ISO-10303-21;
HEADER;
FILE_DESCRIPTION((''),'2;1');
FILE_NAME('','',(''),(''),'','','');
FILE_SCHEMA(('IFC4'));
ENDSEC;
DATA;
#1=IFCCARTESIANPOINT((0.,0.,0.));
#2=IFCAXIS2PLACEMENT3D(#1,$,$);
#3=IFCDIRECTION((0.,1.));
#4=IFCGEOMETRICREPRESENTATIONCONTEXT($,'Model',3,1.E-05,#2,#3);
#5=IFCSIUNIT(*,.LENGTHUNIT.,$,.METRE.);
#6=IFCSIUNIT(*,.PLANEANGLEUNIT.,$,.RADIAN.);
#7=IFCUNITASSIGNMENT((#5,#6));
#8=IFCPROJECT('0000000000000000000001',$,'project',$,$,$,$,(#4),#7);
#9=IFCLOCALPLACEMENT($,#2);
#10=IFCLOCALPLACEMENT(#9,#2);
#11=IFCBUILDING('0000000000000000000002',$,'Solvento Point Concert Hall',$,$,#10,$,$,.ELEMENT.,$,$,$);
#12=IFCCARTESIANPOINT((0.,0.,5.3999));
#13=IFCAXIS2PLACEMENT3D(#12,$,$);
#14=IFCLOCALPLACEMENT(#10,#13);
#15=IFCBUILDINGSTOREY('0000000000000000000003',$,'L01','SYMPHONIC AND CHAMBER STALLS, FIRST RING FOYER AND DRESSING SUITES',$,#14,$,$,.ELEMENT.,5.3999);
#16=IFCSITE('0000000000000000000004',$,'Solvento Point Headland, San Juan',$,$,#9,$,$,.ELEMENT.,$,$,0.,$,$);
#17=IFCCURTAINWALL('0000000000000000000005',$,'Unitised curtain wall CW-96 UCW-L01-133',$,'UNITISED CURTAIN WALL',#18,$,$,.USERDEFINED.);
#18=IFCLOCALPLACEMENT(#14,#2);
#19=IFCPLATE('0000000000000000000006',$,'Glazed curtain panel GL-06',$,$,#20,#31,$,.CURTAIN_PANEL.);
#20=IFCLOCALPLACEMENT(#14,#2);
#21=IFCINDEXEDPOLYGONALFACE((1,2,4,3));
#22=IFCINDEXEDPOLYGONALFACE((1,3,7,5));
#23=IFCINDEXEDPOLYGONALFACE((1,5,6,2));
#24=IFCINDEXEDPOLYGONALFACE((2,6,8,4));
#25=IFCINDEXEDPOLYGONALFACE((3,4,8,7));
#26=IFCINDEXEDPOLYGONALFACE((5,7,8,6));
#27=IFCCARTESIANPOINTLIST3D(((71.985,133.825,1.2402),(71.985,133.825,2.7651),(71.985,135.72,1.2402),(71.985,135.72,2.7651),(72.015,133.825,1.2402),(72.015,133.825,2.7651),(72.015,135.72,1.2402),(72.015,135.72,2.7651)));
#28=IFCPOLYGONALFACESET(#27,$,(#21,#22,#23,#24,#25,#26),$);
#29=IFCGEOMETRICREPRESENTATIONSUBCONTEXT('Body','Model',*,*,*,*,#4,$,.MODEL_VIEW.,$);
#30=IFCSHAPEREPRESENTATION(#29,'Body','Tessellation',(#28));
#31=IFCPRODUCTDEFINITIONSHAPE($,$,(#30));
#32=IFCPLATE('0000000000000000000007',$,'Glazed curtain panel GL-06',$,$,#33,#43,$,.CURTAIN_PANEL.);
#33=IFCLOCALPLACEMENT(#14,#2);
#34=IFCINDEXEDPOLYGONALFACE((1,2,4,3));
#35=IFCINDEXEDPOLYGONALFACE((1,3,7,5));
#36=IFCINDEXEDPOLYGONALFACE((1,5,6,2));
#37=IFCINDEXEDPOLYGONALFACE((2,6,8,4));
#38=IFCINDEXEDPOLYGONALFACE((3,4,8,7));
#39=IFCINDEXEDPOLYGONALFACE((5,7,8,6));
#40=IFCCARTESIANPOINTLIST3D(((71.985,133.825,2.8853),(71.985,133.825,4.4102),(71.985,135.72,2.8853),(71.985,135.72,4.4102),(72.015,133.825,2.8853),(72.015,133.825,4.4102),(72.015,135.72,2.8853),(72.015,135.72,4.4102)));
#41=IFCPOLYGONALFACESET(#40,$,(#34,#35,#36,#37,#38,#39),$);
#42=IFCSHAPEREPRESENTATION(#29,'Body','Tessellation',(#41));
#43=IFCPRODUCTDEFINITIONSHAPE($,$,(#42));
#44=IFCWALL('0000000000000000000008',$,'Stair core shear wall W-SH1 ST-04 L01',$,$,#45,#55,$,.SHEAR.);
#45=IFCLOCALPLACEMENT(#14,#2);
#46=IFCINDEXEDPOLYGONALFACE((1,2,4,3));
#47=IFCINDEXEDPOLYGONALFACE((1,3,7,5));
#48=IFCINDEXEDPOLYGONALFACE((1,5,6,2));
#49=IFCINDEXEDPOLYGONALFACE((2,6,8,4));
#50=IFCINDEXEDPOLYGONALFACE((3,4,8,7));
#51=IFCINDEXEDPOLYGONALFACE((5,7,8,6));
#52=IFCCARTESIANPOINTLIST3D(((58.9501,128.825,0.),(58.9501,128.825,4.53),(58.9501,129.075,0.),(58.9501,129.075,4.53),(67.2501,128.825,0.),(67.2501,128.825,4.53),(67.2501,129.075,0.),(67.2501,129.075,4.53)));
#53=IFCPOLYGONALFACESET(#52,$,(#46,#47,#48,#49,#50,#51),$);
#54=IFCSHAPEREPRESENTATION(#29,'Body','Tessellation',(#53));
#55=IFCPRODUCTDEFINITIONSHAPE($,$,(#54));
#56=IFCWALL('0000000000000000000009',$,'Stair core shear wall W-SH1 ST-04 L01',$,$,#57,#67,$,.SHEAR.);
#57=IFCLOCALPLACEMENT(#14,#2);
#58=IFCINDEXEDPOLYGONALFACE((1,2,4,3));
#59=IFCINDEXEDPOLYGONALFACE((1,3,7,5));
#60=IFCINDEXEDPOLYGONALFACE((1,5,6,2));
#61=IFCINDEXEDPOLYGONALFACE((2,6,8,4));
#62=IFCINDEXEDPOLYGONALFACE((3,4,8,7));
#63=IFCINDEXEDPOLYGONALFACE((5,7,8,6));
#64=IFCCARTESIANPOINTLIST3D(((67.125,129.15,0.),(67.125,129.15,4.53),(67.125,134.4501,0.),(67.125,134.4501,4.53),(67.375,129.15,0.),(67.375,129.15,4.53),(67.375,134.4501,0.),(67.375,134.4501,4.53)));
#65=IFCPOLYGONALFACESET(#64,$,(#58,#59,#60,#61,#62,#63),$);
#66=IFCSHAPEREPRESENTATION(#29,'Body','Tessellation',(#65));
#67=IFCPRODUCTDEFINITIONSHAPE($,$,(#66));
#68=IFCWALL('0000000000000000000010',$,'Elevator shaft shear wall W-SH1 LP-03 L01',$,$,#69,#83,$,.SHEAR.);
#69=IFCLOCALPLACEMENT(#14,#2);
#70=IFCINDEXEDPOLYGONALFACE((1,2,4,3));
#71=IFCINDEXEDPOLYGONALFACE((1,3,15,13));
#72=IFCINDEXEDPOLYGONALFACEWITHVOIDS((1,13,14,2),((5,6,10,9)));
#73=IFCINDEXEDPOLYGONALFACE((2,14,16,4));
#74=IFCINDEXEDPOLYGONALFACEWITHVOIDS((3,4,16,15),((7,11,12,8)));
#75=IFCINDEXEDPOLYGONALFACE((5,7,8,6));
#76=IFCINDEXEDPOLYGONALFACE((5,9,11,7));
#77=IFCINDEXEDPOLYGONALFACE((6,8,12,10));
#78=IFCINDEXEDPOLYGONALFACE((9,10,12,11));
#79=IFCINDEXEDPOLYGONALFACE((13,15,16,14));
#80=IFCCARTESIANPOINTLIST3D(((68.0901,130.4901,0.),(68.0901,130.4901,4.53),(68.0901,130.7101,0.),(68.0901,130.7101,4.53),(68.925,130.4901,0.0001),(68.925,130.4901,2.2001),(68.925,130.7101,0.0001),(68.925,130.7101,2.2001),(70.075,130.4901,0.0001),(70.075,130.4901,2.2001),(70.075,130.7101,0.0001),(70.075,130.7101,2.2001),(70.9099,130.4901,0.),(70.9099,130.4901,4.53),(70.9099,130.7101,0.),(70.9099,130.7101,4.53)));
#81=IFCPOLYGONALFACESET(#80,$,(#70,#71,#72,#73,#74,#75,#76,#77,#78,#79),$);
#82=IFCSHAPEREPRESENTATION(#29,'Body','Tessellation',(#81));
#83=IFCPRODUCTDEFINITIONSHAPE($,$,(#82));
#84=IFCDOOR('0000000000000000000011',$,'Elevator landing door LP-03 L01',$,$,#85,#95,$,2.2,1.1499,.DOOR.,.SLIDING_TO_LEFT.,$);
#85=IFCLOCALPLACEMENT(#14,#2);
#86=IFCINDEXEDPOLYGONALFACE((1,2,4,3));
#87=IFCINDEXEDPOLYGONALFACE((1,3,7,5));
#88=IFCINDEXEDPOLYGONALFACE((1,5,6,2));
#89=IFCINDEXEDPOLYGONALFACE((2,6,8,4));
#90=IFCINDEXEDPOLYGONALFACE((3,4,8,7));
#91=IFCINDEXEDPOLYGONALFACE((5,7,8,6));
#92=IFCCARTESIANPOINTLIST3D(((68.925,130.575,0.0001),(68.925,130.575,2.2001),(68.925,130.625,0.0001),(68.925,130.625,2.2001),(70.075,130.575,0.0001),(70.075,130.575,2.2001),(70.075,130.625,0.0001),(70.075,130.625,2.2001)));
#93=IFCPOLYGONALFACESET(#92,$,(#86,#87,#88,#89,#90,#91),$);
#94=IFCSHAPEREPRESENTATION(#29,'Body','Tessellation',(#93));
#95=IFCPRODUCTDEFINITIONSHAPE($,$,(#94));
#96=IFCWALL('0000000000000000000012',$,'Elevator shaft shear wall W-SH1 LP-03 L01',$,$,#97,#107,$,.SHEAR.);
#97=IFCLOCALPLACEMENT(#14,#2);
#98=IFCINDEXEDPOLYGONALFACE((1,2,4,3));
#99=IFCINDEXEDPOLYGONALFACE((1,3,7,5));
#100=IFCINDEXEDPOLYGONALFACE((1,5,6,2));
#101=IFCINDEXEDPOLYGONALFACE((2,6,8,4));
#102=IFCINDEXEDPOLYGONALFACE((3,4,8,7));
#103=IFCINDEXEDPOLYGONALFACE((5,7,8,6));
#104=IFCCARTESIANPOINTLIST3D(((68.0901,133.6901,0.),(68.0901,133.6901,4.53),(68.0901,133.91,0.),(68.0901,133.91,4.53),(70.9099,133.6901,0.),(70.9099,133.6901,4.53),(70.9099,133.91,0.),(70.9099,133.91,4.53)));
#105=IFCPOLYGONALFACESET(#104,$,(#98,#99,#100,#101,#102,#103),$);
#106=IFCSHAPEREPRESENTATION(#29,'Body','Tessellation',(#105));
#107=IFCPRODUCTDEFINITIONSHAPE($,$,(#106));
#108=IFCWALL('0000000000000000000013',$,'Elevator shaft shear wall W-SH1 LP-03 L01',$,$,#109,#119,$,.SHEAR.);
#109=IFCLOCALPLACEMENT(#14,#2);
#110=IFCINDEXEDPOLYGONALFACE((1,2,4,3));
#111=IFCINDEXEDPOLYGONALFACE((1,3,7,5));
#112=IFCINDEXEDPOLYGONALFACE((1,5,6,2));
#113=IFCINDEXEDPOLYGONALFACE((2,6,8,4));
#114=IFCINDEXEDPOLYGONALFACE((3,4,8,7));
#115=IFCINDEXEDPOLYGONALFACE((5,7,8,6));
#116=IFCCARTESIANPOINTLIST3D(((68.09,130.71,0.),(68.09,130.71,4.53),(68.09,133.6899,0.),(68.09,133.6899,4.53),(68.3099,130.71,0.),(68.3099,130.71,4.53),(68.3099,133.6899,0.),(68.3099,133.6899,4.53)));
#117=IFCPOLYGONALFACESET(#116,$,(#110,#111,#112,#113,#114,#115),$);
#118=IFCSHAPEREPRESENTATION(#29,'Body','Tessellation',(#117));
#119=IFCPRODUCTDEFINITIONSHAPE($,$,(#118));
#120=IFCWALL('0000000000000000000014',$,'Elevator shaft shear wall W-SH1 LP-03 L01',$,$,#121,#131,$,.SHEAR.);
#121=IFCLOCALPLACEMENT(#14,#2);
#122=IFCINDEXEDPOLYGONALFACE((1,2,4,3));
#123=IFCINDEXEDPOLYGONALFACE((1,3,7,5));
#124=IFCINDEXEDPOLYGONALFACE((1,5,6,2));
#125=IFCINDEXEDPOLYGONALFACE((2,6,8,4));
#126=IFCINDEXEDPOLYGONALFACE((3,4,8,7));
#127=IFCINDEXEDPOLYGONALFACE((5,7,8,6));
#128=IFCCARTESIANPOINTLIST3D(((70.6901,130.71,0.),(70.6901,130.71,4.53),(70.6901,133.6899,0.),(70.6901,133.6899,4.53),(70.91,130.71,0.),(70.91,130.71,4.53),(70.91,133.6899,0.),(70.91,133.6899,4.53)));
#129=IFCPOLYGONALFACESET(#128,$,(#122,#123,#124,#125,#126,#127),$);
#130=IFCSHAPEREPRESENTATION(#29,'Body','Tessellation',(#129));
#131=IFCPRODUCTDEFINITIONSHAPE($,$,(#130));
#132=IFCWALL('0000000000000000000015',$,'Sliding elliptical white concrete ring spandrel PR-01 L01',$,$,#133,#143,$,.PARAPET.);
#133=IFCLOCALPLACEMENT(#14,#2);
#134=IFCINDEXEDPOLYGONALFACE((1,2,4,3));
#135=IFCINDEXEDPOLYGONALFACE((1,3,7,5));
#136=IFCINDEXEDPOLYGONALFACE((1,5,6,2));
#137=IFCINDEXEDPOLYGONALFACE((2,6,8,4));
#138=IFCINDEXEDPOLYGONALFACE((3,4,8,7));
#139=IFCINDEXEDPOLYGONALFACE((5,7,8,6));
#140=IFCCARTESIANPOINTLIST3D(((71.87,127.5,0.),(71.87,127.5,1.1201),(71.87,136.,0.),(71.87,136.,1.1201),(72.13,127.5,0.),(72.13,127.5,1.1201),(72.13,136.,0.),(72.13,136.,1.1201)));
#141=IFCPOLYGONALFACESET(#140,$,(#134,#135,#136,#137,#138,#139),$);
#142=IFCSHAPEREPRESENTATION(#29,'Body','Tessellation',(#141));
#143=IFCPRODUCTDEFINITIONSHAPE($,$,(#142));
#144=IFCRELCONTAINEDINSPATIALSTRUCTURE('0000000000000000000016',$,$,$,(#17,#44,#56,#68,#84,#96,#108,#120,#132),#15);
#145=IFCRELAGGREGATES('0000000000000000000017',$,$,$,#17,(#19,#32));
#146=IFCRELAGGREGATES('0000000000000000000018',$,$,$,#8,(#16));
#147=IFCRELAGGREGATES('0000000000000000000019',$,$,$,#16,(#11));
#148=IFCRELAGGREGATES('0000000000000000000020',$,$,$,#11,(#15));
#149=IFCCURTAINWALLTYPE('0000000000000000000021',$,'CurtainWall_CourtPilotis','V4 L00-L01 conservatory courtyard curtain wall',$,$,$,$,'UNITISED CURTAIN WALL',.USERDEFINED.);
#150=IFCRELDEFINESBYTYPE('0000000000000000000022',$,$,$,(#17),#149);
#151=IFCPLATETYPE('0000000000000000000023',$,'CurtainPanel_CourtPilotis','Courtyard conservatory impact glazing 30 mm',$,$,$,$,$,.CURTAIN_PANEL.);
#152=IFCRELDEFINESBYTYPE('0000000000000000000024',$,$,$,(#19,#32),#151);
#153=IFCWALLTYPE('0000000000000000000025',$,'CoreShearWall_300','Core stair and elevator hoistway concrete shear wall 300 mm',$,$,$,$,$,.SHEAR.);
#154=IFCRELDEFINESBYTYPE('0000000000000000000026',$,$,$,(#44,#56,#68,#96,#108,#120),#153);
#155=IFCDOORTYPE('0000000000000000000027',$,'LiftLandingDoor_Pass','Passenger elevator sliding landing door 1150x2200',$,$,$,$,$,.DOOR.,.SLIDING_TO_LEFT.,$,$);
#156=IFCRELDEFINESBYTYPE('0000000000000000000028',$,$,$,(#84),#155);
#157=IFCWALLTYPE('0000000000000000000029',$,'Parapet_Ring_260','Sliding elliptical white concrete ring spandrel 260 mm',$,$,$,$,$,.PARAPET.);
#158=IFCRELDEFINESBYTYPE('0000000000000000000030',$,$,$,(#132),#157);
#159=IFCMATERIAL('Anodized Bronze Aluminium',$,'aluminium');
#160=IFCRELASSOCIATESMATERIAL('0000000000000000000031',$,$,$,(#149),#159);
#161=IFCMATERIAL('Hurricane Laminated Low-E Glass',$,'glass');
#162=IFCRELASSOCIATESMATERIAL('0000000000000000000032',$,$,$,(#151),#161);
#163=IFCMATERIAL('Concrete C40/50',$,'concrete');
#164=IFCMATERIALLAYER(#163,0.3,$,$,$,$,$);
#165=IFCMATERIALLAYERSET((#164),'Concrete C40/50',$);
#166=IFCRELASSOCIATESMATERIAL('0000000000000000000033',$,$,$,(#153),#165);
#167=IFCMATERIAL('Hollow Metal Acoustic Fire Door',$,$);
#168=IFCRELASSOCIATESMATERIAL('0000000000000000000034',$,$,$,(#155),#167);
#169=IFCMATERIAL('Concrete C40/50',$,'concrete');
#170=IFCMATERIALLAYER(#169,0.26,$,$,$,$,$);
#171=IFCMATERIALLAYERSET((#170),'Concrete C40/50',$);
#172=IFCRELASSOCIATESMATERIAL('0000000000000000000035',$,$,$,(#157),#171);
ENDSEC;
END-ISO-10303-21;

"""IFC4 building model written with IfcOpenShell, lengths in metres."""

from ifc_helpers import new_model, si_unit, direction, frame, frame_2d, origin, origin_2d, place, context, subcontext, project, spatial, rectangle, extrude, material, layer, layer_set, type_object, element, fill, aggregate, save


model = new_model("IFC4")

# Units and contexts
model_context = context("Model", 3, precision=1e-05, world=origin(), true_north=direction((0.0, 1.0)))
body_context = subcontext(model_context, "Body", "Model", "MODEL_VIEW")
ifc_project = project(units=[si_unit("LENGTHUNIT", "METRE"), si_unit("PLANEANGLEUNIT", "RADIAN")], contexts=[model_context])

# Site, building, storey
site_placement = place(None, origin())
site = spatial("IfcSite", under=ifc_project, at=site_placement, Name="Solvento Point Headland, San Juan", CompositionType="ELEMENT", RefElevation=0.0)
building_placement = place(site_placement, origin())
building = spatial("IfcBuilding", under=site, at=building_placement, Name="Solvento Point Concert Hall", CompositionType="ELEMENT")
storey_placement = place(building_placement, frame((0.0, 0.0, 5.3999)))
storey = spatial("IfcBuildingStorey", under=building, at=storey_placement, Name="L01", Description="SYMPHONIC AND CHAMBER STALLS, FIRST RING FOYER AND DRESSING SUITES", CompositionType="ELEMENT", Elevation=5.3999)

# Curtain wall
ifc_material_1 = material(Name="Anodized Bronze Aluminium", Category="aluminium")
curtain_wall_type = type_object("IfcCurtainWallType", Name="CurtainWall_CourtPilotis", Description="V4 L00-L01 conservatory courtyard curtain wall", ElementType="UNITISED CURTAIN WALL", PredefinedType="USERDEFINED", material=ifc_material_1)
curtain_wall_1_placement = place(storey_placement, origin())
curtain_wall_1 = element("IfcCurtainWall", 1, at=curtain_wall_1_placement, inside=storey, type_object=curtain_wall_type, Name="Unitised curtain wall CW-96 UCW-L01-133", ObjectType="UNITISED CURTAIN WALL", PredefinedType="USERDEFINED")

# Plates
ifc_material_2 = material(Name="Hurricane Laminated Low-E Glass", Category="glass")
plate_type = type_object("IfcPlateType", Name="CurtainPanel_CourtPilotis", Description="Courtyard conservatory impact glazing 30 mm", PredefinedType="CURTAIN_PANEL", material=ifc_material_2)
plate_1_placement = place(storey_placement, frame((72.0, 134.7725, 1.2402), z_axis=(0.0, 0.0, 1.0), x_axis=(0.0, 1.0, 0.0)))
plate_1 = element("IfcPlate", 2, at=plate_1_placement, type_object=plate_type, Name="Glazed curtain panel GL-06", PredefinedType="CURTAIN_PANEL", context=body_context, shape_type="SweptSolid", body=[
    extrude(rectangle(XDim=1.895, YDim=0.03, at=origin_2d()), origin(), (0.0, 0.0, 1.0), 1.5249),
])
plate_2_placement = place(storey_placement, frame((72.0, 134.7725, 2.8853), z_axis=(0.0, 0.0, 1.0), x_axis=(0.0, 1.0, 0.0)))
plate_2 = element("IfcPlate", 3, at=plate_2_placement, type_object=plate_type, Name="Glazed curtain panel GL-06", PredefinedType="CURTAIN_PANEL", context=body_context, shape_type="SweptSolid", body=[
    extrude(rectangle(XDim=1.895, YDim=0.03, at=origin_2d()), origin(), (0.0, 0.0, 1.0), 1.5249),
])
aggregate(curtain_wall_1, [plate_1, plate_2])

# Walls
ifc_material_3 = material(Name="Concrete C40/50", Category="concrete")
ifc_layer_1 = layer(ifc_material_3, 0.3)
ifc_layer_set_1 = layer_set([ifc_layer_1], Name="Concrete C40/50")
wall_type_1 = type_object("IfcWallType", Name="CoreShearWall_300", Description="Core stair and elevator hoistway concrete shear wall 300 mm", PredefinedType="SHEAR", material=ifc_layer_set_1)
wall_1_placement = place(storey_placement, frame((67.25, 128.95, 0.0), z_axis=(0.0, 0.0, 1.0), x_axis=(-1.0, 0.0, 0.0)))
element("IfcWall", 4, at=wall_1_placement, inside=storey, type_object=wall_type_1, Name="Stair core shear wall W-SH1 ST-04 L01", PredefinedType="SHEAR", context=body_context, shape_type="SweptSolid", body=[
    extrude(rectangle(XDim=8.3, YDim=0.25, at=frame_2d((4.1499, 0.0))), origin(), (0.0, 0.0, 1.0), 4.53),
])
wall_2_placement = place(storey_placement, frame((67.25, 134.45, 0.0), z_axis=(0.0, 0.0, 1.0), x_axis=(0.0, -1.0, 0.0)))
element("IfcWall", 5, at=wall_2_placement, inside=storey, type_object=wall_type_1, Name="Stair core shear wall W-SH1 ST-04 L01", PredefinedType="SHEAR", context=body_context, shape_type="SweptSolid", body=[
    extrude(rectangle(XDim=5.3, YDim=0.25, at=frame_2d((2.6499, 0.0))), origin(), (0.0, 0.0, 1.0), 4.53),
])

# Wall, opening, door
wall_3_placement = place(storey_placement, frame((68.0901, 130.6001, 0.0), z_axis=(0.0, 0.0, 1.0), x_axis=(1.0, 0.0, 0.0)))
wall_3 = element("IfcWall", 6, at=wall_3_placement, inside=storey, type_object=wall_type_1, Name="Elevator shaft shear wall W-SH1 LP-03 L01", PredefinedType="SHEAR", context=body_context, shape_type="SweptSolid", body=[
    extrude(rectangle(XDim=2.8198, YDim=0.22, at=frame_2d((1.4099, 0.0))), origin(), (0.0, 0.0, 1.0), 4.53),
])
opening_placement = place(wall_3_placement, frame((0.835, 0.0, 0.0)))
opening = element("IfcOpeningElement", 7, at=opening_placement, cuts=wall_3, PredefinedType="OPENING", context=body_context, shape_type="SweptSolid", body=[
    extrude(rectangle(XDim=1.1499, YDim=2.2, at=frame_2d((0.575, 1.1001))), frame((0.0, 0.1199, 0.0), z_axis=(0.0, -1.0, 0.0), x_axis=(1.0, 0.0, 0.0)), (0.0, 0.0, 1.0), 0.24),
])
ifc_material_4 = material(Name="Hollow Metal Acoustic Fire Door")
door_type = type_object("IfcDoorType", Name="LiftLandingDoor_Pass", Description="Passenger elevator sliding landing door 1150x2200", OperationType="SLIDING_TO_LEFT", PredefinedType="DOOR", material=ifc_material_4)
door_placement = place(opening_placement, origin())
door = element("IfcDoor", 8, at=door_placement, inside=storey, type_object=door_type, Name="Elevator landing door LP-03 L01", OperationType="SLIDING_TO_LEFT", OverallHeight=2.2, OverallWidth=1.1499, PredefinedType="DOOR", context=body_context, shape_type="SweptSolid", body=[
    extrude(rectangle(XDim=1.1499, YDim=2.2, at=frame_2d((0.575, 1.1001))), frame((0.0, 0.0249, 0.0), z_axis=(0.0, -1.0, 0.0), x_axis=(1.0, 0.0, 0.0)), (0.0, 0.0, 1.0), 0.05),
])
fill(opening, door)

# Walls
wall_4_placement = place(storey_placement, frame((68.0901, 133.8, 0.0), z_axis=(0.0, 0.0, 1.0), x_axis=(1.0, 0.0, 0.0)))
element("IfcWall", 9, at=wall_4_placement, inside=storey, type_object=wall_type_1, Name="Elevator shaft shear wall W-SH1 LP-03 L01", PredefinedType="SHEAR", context=body_context, shape_type="SweptSolid", body=[
    extrude(rectangle(XDim=2.8198, YDim=0.22, at=frame_2d((1.4099, 0.0))), origin(), (0.0, 0.0, 1.0), 4.53),
])
for number, where, z_axis, x_axis, name in (
    (10, (68.2, 130.71, 0.0), (0.0, 0.0, 1.0), (0.0, 1.0, 0.0), "Elevator shaft shear wall W-SH1 LP-03 L01"),
    (11, (70.8, 130.71, 0.0), (0.0, 0.0, 1.0), (0.0, 1.0, 0.0), "Elevator shaft shear wall W-SH1 LP-03 L01"),
):
    element("IfcWall", number, at=place(storey_placement, frame(where, z_axis=z_axis, x_axis=x_axis)), inside=storey, type_object=wall_type_1, Name=name, PredefinedType="SHEAR", context=body_context, shape_type="SweptSolid", body=[
        extrude(rectangle(XDim=2.98, YDim=0.22, at=frame_2d((1.49, 0.0))), origin(), (0.0, 0.0, 1.0), 4.53),
    ])
ifc_material_5 = material(Name="Concrete C40/50", Category="concrete")
ifc_layer_2 = layer(ifc_material_5, 0.26)
ifc_layer_set_2 = layer_set([ifc_layer_2], Name="Concrete C40/50")
wall_type_2 = type_object("IfcWallType", Name="Parapet_Ring_260", Description="Sliding elliptical white concrete ring spandrel 260 mm", PredefinedType="PARAPET", material=ifc_layer_set_2)
wall_5_placement = place(storey_placement, frame((72.0, 136.0, 0.0), z_axis=(0.0, 0.0, 1.0), x_axis=(0.0, -1.0, 0.0)))
element("IfcWall", 12, at=wall_5_placement, inside=storey, type_object=wall_type_2, Name="Sliding elliptical white concrete ring spandrel PR-01 L01", PredefinedType="PARAPET", context=body_context, shape_type="SweptSolid", body=[
    extrude(rectangle(XDim=8.5, YDim=0.26, at=frame_2d((4.25, 0.0))), origin(), (0.0, 0.0, 1.0), 1.1201),
])

save(model, "model.ifc")
